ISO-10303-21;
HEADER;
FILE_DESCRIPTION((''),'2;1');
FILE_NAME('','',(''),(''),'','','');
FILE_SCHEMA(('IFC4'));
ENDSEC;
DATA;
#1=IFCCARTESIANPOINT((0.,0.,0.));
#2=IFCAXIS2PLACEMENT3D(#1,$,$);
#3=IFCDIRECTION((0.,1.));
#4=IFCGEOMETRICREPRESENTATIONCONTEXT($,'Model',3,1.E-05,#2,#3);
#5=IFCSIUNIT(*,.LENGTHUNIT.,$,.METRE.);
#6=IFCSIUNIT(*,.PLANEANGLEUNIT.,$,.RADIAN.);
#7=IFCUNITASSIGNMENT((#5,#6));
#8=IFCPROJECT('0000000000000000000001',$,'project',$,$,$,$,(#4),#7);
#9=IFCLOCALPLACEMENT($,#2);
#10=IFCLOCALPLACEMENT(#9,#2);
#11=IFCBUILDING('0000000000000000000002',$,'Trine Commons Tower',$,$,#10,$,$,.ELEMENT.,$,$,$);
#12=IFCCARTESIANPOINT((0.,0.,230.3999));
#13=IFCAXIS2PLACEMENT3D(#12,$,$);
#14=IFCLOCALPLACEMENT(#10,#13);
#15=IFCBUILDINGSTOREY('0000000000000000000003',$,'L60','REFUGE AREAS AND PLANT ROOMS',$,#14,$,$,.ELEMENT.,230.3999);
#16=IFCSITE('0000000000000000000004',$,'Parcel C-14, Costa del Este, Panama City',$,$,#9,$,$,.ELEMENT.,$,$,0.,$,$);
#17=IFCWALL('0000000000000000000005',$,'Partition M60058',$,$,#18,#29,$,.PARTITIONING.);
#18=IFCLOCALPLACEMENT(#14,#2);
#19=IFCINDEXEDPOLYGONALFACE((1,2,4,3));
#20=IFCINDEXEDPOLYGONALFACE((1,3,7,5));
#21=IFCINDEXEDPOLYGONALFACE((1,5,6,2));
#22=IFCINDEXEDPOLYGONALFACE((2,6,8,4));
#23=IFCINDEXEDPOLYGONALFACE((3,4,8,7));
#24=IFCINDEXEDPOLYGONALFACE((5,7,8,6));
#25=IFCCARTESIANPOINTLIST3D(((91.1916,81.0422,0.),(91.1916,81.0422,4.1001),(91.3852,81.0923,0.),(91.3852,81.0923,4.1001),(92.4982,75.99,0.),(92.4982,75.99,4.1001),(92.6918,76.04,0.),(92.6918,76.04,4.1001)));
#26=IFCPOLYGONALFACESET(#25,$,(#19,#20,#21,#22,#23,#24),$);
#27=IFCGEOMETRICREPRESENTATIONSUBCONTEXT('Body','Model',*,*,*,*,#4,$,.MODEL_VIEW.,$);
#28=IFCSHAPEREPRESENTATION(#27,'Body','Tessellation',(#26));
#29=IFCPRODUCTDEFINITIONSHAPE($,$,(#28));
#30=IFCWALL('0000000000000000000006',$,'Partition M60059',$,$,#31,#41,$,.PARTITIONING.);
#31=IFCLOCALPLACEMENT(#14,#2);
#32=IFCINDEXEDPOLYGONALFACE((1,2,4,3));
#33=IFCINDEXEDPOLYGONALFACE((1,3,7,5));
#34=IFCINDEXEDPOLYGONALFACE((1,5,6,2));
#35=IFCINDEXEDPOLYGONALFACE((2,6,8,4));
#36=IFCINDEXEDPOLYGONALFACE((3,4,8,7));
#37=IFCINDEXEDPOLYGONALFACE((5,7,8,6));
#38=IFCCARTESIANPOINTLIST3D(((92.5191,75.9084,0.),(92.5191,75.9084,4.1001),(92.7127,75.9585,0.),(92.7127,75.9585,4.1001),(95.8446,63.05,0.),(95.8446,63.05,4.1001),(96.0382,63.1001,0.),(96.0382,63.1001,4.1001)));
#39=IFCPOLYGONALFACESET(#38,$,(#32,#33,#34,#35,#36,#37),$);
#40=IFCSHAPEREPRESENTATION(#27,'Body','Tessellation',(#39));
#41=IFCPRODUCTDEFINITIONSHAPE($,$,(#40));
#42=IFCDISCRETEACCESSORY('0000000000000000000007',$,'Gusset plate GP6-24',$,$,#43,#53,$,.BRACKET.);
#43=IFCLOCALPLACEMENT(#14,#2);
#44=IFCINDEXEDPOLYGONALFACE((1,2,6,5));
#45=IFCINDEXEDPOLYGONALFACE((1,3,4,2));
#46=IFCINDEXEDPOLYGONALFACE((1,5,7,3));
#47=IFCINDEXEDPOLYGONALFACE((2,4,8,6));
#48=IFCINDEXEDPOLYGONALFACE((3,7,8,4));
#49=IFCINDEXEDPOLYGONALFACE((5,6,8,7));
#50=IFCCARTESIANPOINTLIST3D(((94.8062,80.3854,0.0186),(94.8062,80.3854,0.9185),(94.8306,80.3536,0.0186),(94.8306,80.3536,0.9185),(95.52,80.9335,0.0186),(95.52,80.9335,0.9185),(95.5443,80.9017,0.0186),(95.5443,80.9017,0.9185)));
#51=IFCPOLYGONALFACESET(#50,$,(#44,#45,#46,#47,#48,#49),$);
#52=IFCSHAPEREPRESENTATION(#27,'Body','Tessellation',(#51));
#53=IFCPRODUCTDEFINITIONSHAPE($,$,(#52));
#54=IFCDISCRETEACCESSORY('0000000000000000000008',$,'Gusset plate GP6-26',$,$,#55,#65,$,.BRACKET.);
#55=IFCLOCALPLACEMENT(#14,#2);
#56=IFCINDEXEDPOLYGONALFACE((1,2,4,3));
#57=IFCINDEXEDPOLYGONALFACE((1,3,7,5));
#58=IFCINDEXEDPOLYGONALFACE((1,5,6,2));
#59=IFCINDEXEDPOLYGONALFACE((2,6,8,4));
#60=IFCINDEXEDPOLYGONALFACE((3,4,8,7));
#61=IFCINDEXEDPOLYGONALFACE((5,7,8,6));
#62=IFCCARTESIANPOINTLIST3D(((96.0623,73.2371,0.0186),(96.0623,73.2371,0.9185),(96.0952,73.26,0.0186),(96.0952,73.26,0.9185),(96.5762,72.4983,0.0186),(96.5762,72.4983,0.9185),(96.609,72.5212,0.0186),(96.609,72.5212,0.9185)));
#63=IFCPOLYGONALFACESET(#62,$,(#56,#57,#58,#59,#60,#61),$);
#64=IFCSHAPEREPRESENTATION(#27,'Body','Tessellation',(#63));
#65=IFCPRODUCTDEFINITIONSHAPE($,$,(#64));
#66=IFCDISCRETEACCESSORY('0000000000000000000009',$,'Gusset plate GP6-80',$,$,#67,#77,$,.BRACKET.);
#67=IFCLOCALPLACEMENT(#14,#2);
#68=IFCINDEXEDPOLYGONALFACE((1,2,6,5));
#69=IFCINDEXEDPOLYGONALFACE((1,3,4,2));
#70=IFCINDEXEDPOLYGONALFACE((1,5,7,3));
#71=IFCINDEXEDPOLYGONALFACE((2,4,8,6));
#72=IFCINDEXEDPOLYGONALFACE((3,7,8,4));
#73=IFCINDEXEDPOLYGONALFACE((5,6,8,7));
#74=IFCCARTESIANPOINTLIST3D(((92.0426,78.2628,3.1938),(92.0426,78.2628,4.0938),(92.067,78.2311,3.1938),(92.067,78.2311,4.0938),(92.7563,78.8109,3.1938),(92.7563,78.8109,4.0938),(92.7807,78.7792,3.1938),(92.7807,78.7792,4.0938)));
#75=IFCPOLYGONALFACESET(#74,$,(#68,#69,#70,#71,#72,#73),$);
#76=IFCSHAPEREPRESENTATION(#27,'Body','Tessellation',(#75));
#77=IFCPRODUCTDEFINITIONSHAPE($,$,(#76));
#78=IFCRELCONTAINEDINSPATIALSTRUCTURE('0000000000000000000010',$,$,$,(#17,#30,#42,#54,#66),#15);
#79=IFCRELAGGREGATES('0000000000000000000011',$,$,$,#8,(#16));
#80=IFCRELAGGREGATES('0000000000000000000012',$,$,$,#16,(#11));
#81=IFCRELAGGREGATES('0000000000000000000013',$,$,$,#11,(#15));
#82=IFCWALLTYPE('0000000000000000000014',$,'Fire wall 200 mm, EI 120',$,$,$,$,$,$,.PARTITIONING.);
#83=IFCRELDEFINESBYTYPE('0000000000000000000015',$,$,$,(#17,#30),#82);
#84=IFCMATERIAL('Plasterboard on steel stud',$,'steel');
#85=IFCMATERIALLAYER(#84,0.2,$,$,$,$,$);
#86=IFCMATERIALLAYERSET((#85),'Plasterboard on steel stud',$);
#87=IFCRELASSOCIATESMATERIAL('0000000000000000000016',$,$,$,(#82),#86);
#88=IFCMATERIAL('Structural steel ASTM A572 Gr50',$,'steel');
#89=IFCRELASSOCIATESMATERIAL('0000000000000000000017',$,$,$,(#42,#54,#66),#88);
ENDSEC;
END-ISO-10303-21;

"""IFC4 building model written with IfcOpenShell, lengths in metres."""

from ifc_helpers import new_model, si_unit, direction, frame, frame_2d, origin, origin_2d, place, context, subcontext, project, spatial, rectangle, extrude, material, layer, layer_set, type_object, element, save


model = new_model("IFC4")

# Units and contexts
model_context = context("Model", 3, precision=1e-05, world=origin(), true_north=direction((0.0, 1.0)))
body_context = subcontext(model_context, "Body", "Model", "MODEL_VIEW")
ifc_project = project(units=[si_unit("LENGTHUNIT", "METRE"), si_unit("PLANEANGLEUNIT", "RADIAN")], contexts=[model_context])

# Site, building, storey
site_placement = place(None, origin())
site = spatial("IfcSite", under=ifc_project, at=site_placement, Name="Parcel C-14, Costa del Este, Panama City", CompositionType="ELEMENT", RefElevation=0.0)
building_placement = place(site_placement, origin())
building = spatial("IfcBuilding", under=site, at=building_placement, Name="Trine Commons Tower", CompositionType="ELEMENT")
storey_placement = place(building_placement, frame((0.0, 0.0, 230.3999)))
storey = spatial("IfcBuildingStorey", under=building, at=storey_placement, Name="L60", Description="REFUGE AREAS AND PLANT ROOMS", CompositionType="ELEMENT", Elevation=230.3999)

# Walls
ifc_material_1 = material(Name="Plasterboard on steel stud", Category="steel")
ifc_layer_1 = layer(ifc_material_1, 0.2)
ifc_layer_set_1 = layer_set([ifc_layer_1], Name="Plasterboard on steel stud")
wall_type_1 = type_object("IfcWallType", Name="Fire wall 200 mm, EI 120", PredefinedType="PARTITIONING", material=ifc_layer_set_1)
wall_1_placement = place(storey_placement, frame((91.2883, 81.0674, 0.0), z_axis=(0.0, 0.0, 1.0), x_axis=(0.250387, -0.968146, 0.0)))
element("IfcWall", 1, at=wall_1_placement, inside=storey, type_object=wall_type_1, Name="Partition M60058", PredefinedType="PARTITIONING", context=body_context, shape_type="SweptSolid", body=[
    extrude(rectangle(XDim=5.2185, YDim=0.2, at=frame_2d((2.6094, 0.0))), origin(), (0.0, 0.0, 1.0), 4.1001),
])
wall_2_placement = place(storey_placement, frame((92.616, 75.9333, 0.0), z_axis=(0.0, 0.0, 1.0), x_axis=(0.250382, -0.968147, 0.0)))
element("IfcWall", 2, at=wall_2_placement, inside=storey, type_object=wall_type_1, Name="Partition M60059", PredefinedType="PARTITIONING", context=body_context, shape_type="SweptSolid", body=[
    extrude(rectangle(XDim=13.2815, YDim=0.2, at=frame_2d((6.6406, 0.0))), origin(), (0.0, 0.0, 1.0), 4.1001),
])

# Discrete accessories
ifc_material_2 = material(Name="Structural steel ASTM A572 Gr50", Category="steel")
for number, where, z_axis, x_axis, name in (
    (3, (95.1753, 80.6436, 0.0186), (0.0, 0.0, 1.0), (-0.793098, -0.609094, 0.0), "Gusset plate GP6-24"),
    (4, (96.3357, 72.8792, 0.0186), (0.0, 0.0, 1.0), (-0.570986, 0.82096, 0.0), "Gusset plate GP6-26"),
    (5, (92.4116, 78.521, 3.1938), (0.0, 0.0, 1.0), (-0.793098, -0.609094, 0.0), "Gusset plate GP6-80"),
):
    element("IfcDiscreteAccessory", number, at=place(storey_placement, frame(where, z_axis=z_axis, x_axis=x_axis)), inside=storey, material=ifc_material_2, Name=name, PredefinedType="BRACKET", context=body_context, shape_type="SweptSolid", body=[
        extrude(rectangle(XDim=0.8999, YDim=0.04, at=origin_2d()), origin(), (0.0, 0.0, 1.0), 0.8999),
    ])

save(model, "model.ifc")
